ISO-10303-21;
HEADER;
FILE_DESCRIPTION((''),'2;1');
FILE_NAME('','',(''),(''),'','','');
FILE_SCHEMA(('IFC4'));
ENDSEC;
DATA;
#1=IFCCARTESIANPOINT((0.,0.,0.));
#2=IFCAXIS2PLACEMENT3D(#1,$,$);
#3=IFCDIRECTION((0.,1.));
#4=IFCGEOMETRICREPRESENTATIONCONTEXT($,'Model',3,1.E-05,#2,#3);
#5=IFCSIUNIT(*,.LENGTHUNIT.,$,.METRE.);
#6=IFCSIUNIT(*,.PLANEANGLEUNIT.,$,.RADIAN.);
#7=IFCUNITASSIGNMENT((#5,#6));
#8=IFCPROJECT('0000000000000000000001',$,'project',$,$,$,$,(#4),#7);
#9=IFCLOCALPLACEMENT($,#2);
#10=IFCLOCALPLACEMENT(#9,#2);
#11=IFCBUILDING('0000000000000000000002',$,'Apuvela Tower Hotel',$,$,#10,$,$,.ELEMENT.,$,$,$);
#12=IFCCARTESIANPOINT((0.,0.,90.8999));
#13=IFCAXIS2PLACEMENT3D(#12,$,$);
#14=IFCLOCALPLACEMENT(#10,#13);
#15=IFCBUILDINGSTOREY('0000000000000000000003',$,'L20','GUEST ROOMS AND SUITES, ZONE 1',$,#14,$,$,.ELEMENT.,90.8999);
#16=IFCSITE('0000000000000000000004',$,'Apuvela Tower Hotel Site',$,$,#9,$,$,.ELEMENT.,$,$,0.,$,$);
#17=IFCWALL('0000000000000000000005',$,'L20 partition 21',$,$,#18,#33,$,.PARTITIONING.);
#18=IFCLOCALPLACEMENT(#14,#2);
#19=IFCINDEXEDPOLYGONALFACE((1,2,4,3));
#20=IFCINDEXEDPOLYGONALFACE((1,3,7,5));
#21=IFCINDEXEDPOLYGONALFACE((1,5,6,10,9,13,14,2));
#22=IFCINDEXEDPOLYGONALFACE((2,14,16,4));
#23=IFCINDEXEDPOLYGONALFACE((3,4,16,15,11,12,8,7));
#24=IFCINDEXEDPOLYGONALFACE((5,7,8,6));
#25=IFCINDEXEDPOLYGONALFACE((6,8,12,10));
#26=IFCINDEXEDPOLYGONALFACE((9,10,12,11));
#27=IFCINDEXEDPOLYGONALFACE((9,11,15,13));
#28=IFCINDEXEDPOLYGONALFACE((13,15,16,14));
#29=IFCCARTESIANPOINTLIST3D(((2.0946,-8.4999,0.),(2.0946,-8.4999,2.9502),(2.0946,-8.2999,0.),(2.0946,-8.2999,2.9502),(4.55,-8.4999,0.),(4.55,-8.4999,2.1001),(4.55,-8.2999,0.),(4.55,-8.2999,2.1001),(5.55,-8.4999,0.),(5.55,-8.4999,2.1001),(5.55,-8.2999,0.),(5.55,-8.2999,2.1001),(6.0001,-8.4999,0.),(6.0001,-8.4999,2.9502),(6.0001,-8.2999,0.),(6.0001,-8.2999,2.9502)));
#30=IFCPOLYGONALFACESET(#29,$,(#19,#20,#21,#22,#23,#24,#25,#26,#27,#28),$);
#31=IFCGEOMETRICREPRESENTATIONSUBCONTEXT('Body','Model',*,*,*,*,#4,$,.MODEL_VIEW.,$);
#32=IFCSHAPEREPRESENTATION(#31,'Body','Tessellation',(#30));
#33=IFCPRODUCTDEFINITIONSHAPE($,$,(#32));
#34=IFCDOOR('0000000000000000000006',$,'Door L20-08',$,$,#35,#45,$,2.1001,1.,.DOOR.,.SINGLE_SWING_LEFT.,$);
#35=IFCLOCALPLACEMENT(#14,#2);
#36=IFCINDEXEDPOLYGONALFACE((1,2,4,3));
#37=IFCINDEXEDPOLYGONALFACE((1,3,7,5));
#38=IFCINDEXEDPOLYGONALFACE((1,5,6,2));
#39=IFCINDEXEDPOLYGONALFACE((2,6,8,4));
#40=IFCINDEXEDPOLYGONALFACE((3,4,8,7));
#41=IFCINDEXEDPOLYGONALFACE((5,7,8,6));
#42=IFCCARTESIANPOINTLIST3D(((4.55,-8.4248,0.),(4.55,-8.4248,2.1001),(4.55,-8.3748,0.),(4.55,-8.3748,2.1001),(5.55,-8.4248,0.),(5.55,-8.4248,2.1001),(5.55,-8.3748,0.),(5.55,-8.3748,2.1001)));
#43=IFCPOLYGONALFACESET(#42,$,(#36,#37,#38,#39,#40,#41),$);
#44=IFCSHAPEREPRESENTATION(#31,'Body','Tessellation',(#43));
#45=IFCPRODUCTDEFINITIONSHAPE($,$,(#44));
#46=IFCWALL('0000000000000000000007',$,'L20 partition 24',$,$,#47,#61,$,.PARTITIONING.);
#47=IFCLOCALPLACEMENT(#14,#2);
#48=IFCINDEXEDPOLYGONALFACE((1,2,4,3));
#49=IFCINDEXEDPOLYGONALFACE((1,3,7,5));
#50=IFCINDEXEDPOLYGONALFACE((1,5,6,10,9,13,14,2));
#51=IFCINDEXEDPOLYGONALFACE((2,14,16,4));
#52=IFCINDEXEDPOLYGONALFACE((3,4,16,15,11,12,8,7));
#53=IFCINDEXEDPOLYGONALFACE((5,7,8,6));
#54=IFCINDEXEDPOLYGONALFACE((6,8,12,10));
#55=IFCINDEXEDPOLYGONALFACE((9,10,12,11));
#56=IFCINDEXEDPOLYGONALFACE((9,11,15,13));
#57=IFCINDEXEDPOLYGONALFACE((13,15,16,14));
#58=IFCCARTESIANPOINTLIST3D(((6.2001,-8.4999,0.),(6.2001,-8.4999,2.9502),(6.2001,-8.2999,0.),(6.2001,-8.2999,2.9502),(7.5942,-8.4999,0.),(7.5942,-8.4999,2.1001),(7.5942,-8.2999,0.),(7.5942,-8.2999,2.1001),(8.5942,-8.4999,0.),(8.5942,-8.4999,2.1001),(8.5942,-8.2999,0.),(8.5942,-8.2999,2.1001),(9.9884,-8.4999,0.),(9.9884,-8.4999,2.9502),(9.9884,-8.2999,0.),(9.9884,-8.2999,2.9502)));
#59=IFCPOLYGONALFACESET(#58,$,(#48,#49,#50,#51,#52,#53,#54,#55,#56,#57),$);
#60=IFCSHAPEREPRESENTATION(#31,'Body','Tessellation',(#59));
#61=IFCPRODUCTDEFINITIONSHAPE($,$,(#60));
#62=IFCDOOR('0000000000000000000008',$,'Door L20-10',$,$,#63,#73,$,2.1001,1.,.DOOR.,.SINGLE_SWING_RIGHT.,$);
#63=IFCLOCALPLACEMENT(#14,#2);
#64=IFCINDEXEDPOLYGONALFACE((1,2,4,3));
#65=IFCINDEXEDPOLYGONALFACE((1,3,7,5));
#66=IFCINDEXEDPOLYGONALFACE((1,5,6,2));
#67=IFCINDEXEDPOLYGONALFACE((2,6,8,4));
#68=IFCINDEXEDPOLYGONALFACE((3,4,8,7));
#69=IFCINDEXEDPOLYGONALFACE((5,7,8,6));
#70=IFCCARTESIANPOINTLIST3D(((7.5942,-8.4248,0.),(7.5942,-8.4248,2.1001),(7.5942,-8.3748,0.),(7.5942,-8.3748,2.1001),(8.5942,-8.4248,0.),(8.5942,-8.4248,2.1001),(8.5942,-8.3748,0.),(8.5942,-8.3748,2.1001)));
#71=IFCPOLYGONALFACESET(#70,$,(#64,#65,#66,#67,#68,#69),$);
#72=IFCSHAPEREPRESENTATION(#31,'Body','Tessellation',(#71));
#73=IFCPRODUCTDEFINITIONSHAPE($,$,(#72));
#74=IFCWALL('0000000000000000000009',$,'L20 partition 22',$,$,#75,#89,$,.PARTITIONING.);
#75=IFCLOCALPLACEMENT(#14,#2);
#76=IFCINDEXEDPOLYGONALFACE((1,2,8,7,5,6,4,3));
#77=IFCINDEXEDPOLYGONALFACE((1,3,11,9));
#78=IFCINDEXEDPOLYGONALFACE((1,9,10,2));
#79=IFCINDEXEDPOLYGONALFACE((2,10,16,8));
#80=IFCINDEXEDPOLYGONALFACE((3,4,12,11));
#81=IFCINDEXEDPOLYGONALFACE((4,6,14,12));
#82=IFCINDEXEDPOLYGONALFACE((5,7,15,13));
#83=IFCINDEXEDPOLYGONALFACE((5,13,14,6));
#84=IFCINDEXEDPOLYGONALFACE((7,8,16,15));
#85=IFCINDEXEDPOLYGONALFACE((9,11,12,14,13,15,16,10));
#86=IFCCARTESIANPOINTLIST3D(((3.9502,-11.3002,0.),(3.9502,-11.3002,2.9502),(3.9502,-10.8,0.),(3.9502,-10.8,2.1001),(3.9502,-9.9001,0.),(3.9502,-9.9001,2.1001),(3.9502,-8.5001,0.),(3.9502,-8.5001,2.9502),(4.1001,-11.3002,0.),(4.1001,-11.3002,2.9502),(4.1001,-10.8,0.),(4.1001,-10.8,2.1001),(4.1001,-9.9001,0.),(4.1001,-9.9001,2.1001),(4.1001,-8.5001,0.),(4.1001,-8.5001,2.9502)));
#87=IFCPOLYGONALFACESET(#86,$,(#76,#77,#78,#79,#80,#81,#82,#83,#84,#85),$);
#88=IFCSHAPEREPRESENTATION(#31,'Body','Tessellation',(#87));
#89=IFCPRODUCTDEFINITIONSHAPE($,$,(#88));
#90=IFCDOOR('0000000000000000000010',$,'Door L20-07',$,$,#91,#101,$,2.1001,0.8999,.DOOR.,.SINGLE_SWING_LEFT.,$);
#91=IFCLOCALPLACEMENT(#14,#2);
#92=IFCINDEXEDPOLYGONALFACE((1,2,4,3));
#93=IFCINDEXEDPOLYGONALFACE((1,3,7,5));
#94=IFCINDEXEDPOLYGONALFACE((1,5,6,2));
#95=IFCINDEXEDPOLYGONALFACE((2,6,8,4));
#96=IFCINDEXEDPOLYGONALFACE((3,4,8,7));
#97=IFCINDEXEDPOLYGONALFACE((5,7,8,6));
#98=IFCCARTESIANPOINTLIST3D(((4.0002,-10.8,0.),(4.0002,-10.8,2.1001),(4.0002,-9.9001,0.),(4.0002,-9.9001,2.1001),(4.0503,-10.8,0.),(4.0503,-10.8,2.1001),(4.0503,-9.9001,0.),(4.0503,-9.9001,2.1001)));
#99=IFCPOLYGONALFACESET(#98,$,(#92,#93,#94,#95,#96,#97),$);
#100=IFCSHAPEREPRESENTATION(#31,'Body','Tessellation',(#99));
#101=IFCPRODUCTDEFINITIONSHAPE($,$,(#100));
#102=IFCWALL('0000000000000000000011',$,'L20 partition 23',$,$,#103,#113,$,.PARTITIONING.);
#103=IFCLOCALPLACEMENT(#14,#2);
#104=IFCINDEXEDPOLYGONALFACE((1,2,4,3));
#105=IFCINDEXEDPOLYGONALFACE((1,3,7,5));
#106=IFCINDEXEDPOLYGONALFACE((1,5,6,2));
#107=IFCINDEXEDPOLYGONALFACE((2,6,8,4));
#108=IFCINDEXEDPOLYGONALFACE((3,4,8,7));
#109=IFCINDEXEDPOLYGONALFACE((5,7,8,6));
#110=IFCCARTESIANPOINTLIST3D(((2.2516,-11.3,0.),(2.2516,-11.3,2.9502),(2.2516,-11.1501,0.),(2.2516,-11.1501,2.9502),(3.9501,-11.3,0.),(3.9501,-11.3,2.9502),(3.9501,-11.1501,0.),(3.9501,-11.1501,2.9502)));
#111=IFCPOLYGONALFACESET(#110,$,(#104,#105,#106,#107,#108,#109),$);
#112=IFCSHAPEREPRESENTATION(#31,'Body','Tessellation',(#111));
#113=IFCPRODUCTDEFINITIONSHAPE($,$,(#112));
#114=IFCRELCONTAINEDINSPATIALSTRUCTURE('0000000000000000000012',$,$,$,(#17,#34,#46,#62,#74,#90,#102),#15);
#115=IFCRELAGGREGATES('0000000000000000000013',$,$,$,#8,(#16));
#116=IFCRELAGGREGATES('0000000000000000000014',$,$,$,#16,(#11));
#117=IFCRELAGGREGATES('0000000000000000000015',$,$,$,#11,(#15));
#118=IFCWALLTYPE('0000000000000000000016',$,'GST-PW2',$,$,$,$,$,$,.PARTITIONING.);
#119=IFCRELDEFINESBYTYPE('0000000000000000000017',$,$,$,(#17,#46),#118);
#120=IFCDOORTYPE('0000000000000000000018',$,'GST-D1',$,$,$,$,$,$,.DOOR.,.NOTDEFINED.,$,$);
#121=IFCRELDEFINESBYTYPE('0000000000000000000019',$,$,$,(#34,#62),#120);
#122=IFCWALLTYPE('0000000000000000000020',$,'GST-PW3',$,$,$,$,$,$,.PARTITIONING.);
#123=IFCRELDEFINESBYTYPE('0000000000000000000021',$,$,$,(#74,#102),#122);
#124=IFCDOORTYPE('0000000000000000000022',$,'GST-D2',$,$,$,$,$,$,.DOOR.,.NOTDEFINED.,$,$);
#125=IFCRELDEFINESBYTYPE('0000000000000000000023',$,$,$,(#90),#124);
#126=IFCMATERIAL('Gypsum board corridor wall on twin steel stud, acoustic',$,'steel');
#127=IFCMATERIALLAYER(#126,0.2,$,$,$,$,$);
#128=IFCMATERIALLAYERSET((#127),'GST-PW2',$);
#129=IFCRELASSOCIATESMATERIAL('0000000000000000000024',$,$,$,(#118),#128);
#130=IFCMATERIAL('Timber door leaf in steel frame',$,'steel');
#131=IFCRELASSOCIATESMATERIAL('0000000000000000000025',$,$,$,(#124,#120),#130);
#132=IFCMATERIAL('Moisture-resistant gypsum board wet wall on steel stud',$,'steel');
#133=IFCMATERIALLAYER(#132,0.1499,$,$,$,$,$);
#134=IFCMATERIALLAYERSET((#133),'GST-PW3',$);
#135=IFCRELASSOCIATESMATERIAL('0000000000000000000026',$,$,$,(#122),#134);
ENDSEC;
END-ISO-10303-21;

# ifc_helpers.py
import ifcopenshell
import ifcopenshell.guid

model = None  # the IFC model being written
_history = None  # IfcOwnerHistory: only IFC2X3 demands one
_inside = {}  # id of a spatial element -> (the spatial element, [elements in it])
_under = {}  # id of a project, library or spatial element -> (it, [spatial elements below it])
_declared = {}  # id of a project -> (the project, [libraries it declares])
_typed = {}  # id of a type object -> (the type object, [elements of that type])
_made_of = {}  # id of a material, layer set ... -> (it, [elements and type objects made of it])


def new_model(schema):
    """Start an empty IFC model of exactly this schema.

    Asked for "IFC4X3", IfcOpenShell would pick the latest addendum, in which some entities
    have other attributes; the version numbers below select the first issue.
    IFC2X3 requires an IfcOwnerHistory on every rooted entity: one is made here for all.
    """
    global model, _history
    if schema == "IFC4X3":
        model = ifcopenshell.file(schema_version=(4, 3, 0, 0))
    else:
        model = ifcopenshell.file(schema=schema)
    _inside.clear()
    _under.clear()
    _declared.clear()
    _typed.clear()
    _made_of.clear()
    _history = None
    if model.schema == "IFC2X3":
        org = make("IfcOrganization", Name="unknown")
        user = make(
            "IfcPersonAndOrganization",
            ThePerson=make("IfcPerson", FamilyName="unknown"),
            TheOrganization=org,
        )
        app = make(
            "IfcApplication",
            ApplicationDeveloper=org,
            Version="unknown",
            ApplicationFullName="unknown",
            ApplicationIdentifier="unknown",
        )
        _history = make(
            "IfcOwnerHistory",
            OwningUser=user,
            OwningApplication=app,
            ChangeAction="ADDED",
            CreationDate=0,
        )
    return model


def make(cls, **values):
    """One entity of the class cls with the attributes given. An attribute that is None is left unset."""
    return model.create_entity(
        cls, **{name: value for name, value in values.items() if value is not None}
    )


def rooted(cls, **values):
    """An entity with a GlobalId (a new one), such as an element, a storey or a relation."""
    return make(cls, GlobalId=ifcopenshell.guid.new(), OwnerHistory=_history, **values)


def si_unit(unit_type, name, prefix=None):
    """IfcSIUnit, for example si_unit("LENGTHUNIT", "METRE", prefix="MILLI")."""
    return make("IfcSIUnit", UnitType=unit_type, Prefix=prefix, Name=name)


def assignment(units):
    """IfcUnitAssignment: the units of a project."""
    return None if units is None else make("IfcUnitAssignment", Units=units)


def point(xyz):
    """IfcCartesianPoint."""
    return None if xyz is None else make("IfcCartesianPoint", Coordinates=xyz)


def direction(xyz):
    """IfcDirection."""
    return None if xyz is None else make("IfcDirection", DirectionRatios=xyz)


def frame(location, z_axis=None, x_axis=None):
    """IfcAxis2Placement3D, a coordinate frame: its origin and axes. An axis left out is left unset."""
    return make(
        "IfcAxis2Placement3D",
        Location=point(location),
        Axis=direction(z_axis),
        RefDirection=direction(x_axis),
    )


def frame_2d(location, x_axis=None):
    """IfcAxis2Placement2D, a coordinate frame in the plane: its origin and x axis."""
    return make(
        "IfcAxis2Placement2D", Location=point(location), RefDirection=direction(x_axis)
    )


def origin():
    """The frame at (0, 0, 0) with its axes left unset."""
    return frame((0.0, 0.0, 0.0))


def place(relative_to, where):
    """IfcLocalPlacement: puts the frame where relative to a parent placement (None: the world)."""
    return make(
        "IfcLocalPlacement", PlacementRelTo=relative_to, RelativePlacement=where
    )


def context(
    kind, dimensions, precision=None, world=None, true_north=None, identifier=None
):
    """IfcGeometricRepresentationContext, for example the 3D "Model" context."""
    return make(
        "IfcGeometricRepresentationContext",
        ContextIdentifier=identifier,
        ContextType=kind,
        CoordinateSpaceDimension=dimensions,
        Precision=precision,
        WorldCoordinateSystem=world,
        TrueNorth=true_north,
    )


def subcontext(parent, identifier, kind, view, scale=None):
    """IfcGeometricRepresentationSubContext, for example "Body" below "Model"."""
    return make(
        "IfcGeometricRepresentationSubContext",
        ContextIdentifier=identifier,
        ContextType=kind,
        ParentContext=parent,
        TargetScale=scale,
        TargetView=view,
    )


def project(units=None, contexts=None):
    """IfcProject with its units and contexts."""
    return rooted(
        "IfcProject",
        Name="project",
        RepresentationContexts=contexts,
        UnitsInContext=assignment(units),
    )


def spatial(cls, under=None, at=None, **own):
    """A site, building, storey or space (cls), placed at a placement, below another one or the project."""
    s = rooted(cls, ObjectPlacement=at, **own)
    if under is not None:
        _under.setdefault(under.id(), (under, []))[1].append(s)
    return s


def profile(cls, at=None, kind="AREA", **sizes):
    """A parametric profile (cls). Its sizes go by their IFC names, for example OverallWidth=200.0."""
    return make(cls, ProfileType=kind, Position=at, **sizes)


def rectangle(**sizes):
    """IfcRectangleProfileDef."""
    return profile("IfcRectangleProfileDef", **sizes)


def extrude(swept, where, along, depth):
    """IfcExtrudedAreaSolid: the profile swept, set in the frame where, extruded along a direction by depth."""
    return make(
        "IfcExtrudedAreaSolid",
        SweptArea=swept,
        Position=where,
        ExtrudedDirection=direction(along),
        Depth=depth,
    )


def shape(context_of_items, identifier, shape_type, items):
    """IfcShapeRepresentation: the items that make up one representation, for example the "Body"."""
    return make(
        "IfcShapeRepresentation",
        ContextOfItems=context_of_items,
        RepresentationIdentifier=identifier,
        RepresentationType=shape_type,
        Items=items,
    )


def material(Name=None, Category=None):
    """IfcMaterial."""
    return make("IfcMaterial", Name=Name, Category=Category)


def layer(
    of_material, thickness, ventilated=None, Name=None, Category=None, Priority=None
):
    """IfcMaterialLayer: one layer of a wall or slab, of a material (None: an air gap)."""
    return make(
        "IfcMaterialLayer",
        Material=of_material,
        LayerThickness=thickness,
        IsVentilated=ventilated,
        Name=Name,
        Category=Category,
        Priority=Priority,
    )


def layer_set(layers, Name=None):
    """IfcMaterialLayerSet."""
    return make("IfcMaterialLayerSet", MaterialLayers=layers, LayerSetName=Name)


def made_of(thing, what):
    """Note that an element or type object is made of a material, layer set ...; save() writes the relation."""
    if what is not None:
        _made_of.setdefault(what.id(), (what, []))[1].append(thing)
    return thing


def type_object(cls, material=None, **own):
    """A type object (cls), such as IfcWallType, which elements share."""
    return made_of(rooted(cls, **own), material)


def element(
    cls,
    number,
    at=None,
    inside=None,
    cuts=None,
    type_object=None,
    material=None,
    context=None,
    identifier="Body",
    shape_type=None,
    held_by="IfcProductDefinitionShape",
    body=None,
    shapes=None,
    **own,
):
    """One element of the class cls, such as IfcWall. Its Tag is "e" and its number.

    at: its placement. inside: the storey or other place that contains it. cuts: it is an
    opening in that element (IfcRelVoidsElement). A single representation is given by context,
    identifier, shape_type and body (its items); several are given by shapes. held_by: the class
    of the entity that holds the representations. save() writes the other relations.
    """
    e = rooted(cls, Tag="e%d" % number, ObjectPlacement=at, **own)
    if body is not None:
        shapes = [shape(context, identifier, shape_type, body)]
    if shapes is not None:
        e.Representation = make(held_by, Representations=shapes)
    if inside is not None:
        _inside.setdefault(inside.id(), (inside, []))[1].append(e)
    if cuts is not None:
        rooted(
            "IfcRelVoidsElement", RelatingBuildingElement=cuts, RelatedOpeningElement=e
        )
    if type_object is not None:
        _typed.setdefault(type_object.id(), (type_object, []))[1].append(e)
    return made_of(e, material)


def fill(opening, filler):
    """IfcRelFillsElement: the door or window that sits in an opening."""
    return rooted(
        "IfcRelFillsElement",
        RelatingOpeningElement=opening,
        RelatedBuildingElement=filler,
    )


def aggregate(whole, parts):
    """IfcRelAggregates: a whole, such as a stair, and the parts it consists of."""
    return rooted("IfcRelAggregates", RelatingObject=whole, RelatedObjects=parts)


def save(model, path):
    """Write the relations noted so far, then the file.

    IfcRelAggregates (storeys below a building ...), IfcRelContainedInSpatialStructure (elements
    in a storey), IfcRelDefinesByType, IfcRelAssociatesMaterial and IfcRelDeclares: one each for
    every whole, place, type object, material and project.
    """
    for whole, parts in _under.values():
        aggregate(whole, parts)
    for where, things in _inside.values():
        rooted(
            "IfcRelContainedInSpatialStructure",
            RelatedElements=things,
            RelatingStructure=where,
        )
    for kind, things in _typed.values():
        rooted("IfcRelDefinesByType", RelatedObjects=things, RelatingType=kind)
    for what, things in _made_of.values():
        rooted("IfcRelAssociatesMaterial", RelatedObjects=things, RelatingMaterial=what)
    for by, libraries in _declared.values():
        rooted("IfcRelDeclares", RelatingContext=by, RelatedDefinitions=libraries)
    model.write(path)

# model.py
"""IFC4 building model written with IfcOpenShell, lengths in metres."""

from ifc_helpers import new_model, si_unit, direction, frame, frame_2d, origin, place, context, subcontext, project, spatial, rectangle, extrude, material, layer, layer_set, type_object, element, fill, save


model = new_model("IFC4")

# Units and contexts
model_context = context("Model", 3, precision=1e-05, world=origin(), true_north=direction((0.0, 1.0)))
body_context = subcontext(model_context, "Body", "Model", "MODEL_VIEW")
ifc_project = project(units=[si_unit("LENGTHUNIT", "METRE"), si_unit("PLANEANGLEUNIT", "RADIAN")], contexts=[model_context])

# Site, building, storey
site_placement = place(None, origin())
site = spatial("IfcSite", under=ifc_project, at=site_placement, Name="Apuvela Tower Hotel Site", CompositionType="ELEMENT", RefElevation=0.0)
building_placement = place(site_placement, origin())
building = spatial("IfcBuilding", under=site, at=building_placement, Name="Apuvela Tower Hotel", CompositionType="ELEMENT")
storey_placement = place(building_placement, frame((0.0, 0.0, 90.8999)))
storey = spatial("IfcBuildingStorey", under=building, at=storey_placement, Name="L20", Description="GUEST ROOMS AND SUITES, ZONE 1", CompositionType="ELEMENT", Elevation=90.8999)

# Walls, openings, doors
ifc_material_1 = material(Name="Gypsum board corridor wall on twin steel stud, acoustic", Category="steel")
ifc_layer_1 = layer(ifc_material_1, 0.2)
ifc_layer_set_1 = layer_set([ifc_layer_1], Name="GST-PW2")
wall_type_1 = type_object("IfcWallType", Name="GST-PW2", PredefinedType="PARTITIONING", material=ifc_layer_set_1)
ifc_material_2 = material(Name="Timber door leaf in steel frame", Category="steel")
door_type_1 = type_object("IfcDoorType", Name="GST-D2", OperationType="NOTDEFINED", PredefinedType="DOOR", material=ifc_material_2)
wall_1_placement = place(storey_placement, frame((6.0, -8.3999, 0.0), z_axis=(0.0, 0.0, 1.0), x_axis=(-1.0, 0.0, 0.0)))
wall_1 = element("IfcWall", 1, at=wall_1_placement, inside=storey, type_object=wall_type_1, Name="L20 partition 21", PredefinedType="PARTITIONING", context=body_context, shape_type="SweptSolid", body=[
    extrude(rectangle(XDim=3.9055, YDim=0.2, at=frame_2d((1.9526, 0.0))), origin(), (0.0, 0.0, 1.0), 2.9502),
])
opening_1_placement = place(wall_1_placement, frame((0.45, 0.0, 0.0)))
opening_1 = element("IfcOpeningElement", 2, at=opening_1_placement, cuts=wall_1, PredefinedType="OPENING", context=body_context, shape_type="SweptSolid", body=[
    extrude(rectangle(XDim=1.0, YDim=2.1001, at=frame_2d((0.5, 1.05))), frame((0.0, 0.1099, 0.0), z_axis=(0.0, -1.0, 0.0), x_axis=(1.0, 0.0, 0.0)), (0.0, 0.0, 1.0), 0.22),
])
door_type_2 = type_object("IfcDoorType", Name="GST-D1", OperationType="NOTDEFINED", PredefinedType="DOOR", material=ifc_material_2)
door_1_placement = place(opening_1_placement, origin())
door_1 = element("IfcDoor", 3, at=door_1_placement, inside=storey, type_object=door_type_2, Name="Door L20-08", OperationType="SINGLE_SWING_LEFT", OverallHeight=2.1001, OverallWidth=1.0, PredefinedType="DOOR", context=body_context, shape_type="SweptSolid", body=[
    extrude(rectangle(XDim=1.0, YDim=2.1001, at=frame_2d((0.5, 1.05))), frame((0.0, 0.0249, 0.0), z_axis=(0.0, -1.0, 0.0), x_axis=(1.0, 0.0, 0.0)), (0.0, 0.0, 1.0), 0.05),
])
fill(opening_1, door_1)
wall_2_placement = place(storey_placement, frame((9.9883, -8.3999, 0.0), z_axis=(0.0, 0.0, 1.0), x_axis=(-1.0, 0.0, 0.0)))
wall_2 = element("IfcWall", 4, at=wall_2_placement, inside=storey, type_object=wall_type_1, Name="L20 partition 24", PredefinedType="PARTITIONING", context=body_context, shape_type="SweptSolid", body=[
    extrude(rectangle(XDim=3.7883, YDim=0.2, at=frame_2d((1.894, 0.0))), origin(), (0.0, 0.0, 1.0), 2.9502),
])
opening_2_placement = place(wall_2_placement, frame((1.394, 0.0, 0.0)))
opening_2 = element("IfcOpeningElement", 5, at=opening_2_placement, cuts=wall_2, PredefinedType="OPENING", context=body_context, shape_type="SweptSolid", body=[
    extrude(rectangle(XDim=1.0, YDim=2.1001, at=frame_2d((0.5, 1.05))), frame((0.0, 0.1099, 0.0), z_axis=(0.0, -1.0, 0.0), x_axis=(1.0, 0.0, 0.0)), (0.0, 0.0, 1.0), 0.22),
])
door_2_placement = place(opening_2_placement, origin())
door_2 = element("IfcDoor", 6, at=door_2_placement, inside=storey, type_object=door_type_2, Name="Door L20-10", OperationType="SINGLE_SWING_RIGHT", OverallHeight=2.1001, OverallWidth=1.0, PredefinedType="DOOR", context=body_context, shape_type="SweptSolid", body=[
    extrude(rectangle(XDim=1.0, YDim=2.1001, at=frame_2d((0.5, 1.05))), frame((0.0, 0.0249, 0.0), z_axis=(0.0, -1.0, 0.0), x_axis=(1.0, 0.0, 0.0)), (0.0, 0.0, 1.0), 0.05),
])
fill(opening_2, door_2)
ifc_material_3 = material(Name="Moisture-resistant gypsum board wet wall on steel stud", Category="steel")
ifc_layer_2 = layer(ifc_material_3, 0.1499)
ifc_layer_set_2 = layer_set([ifc_layer_2], Name="GST-PW3")
wall_type_2 = type_object("IfcWallType", Name="GST-PW3", PredefinedType="PARTITIONING", material=ifc_layer_set_2)
wall_3_placement = place(storey_placement, frame((4.0251, -11.3, 0.0), z_axis=(0.0, 0.0, 1.0), x_axis=(0.0, 1.0, 0.0)))
wall_3 = element("IfcWall", 7, at=wall_3_placement, inside=storey, type_object=wall_type_2, Name="L20 partition 22", PredefinedType="PARTITIONING", context=body_context, shape_type="SweptSolid", body=[
    extrude(rectangle(XDim=2.8, YDim=0.1499, at=frame_2d((1.3999, 0.0))), origin(), (0.0, 0.0, 1.0), 2.9502),
])
opening_3_placement = place(wall_3_placement, frame((0.5, 0.0, 0.0)))
opening_3 = element("IfcOpeningElement", 8, at=opening_3_placement, cuts=wall_3, PredefinedType="OPENING", context=body_context, shape_type="SweptSolid", body=[
    extrude(rectangle(XDim=0.8999, YDim=2.1001, at=frame_2d((0.45, 1.05))), frame((0.0, 0.085, 0.0), z_axis=(0.0, -1.0, 0.0), x_axis=(1.0, 0.0, 0.0)), (0.0, 0.0, 1.0), 0.1699),
])
door_3_placement = place(opening_3_placement, origin())
door_3 = element("IfcDoor", 9, at=door_3_placement, inside=storey, type_object=door_type_1, Name="Door L20-07", OperationType="SINGLE_SWING_LEFT", OverallHeight=2.1001, OverallWidth=0.8999, PredefinedType="DOOR", context=body_context, shape_type="SweptSolid", body=[
    extrude(rectangle(XDim=0.8999, YDim=2.1001, at=frame_2d((0.45, 1.05))), frame((0.0, 0.0249, 0.0), z_axis=(0.0, -1.0, 0.0), x_axis=(1.0, 0.0, 0.0)), (0.0, 0.0, 1.0), 0.05),
])
fill(opening_3, door_3)

# Wall
wall_4_placement = place(storey_placement, frame((2.2517, -11.2251, 0.0), z_axis=(0.0, 0.0, 1.0), x_axis=(1.0, 0.0, 0.0)))
element("IfcWall", 10, at=wall_4_placement, inside=storey, type_object=wall_type_2, Name="L20 partition 23", PredefinedType="PARTITIONING", context=body_context, shape_type="SweptSolid", body=[
    extrude(rectangle(XDim=1.6985, YDim=0.1499, at=frame_2d((0.8491, 0.0))), origin(), (0.0, 0.0, 1.0), 2.9502),
])

save(model, "model.ifc")
